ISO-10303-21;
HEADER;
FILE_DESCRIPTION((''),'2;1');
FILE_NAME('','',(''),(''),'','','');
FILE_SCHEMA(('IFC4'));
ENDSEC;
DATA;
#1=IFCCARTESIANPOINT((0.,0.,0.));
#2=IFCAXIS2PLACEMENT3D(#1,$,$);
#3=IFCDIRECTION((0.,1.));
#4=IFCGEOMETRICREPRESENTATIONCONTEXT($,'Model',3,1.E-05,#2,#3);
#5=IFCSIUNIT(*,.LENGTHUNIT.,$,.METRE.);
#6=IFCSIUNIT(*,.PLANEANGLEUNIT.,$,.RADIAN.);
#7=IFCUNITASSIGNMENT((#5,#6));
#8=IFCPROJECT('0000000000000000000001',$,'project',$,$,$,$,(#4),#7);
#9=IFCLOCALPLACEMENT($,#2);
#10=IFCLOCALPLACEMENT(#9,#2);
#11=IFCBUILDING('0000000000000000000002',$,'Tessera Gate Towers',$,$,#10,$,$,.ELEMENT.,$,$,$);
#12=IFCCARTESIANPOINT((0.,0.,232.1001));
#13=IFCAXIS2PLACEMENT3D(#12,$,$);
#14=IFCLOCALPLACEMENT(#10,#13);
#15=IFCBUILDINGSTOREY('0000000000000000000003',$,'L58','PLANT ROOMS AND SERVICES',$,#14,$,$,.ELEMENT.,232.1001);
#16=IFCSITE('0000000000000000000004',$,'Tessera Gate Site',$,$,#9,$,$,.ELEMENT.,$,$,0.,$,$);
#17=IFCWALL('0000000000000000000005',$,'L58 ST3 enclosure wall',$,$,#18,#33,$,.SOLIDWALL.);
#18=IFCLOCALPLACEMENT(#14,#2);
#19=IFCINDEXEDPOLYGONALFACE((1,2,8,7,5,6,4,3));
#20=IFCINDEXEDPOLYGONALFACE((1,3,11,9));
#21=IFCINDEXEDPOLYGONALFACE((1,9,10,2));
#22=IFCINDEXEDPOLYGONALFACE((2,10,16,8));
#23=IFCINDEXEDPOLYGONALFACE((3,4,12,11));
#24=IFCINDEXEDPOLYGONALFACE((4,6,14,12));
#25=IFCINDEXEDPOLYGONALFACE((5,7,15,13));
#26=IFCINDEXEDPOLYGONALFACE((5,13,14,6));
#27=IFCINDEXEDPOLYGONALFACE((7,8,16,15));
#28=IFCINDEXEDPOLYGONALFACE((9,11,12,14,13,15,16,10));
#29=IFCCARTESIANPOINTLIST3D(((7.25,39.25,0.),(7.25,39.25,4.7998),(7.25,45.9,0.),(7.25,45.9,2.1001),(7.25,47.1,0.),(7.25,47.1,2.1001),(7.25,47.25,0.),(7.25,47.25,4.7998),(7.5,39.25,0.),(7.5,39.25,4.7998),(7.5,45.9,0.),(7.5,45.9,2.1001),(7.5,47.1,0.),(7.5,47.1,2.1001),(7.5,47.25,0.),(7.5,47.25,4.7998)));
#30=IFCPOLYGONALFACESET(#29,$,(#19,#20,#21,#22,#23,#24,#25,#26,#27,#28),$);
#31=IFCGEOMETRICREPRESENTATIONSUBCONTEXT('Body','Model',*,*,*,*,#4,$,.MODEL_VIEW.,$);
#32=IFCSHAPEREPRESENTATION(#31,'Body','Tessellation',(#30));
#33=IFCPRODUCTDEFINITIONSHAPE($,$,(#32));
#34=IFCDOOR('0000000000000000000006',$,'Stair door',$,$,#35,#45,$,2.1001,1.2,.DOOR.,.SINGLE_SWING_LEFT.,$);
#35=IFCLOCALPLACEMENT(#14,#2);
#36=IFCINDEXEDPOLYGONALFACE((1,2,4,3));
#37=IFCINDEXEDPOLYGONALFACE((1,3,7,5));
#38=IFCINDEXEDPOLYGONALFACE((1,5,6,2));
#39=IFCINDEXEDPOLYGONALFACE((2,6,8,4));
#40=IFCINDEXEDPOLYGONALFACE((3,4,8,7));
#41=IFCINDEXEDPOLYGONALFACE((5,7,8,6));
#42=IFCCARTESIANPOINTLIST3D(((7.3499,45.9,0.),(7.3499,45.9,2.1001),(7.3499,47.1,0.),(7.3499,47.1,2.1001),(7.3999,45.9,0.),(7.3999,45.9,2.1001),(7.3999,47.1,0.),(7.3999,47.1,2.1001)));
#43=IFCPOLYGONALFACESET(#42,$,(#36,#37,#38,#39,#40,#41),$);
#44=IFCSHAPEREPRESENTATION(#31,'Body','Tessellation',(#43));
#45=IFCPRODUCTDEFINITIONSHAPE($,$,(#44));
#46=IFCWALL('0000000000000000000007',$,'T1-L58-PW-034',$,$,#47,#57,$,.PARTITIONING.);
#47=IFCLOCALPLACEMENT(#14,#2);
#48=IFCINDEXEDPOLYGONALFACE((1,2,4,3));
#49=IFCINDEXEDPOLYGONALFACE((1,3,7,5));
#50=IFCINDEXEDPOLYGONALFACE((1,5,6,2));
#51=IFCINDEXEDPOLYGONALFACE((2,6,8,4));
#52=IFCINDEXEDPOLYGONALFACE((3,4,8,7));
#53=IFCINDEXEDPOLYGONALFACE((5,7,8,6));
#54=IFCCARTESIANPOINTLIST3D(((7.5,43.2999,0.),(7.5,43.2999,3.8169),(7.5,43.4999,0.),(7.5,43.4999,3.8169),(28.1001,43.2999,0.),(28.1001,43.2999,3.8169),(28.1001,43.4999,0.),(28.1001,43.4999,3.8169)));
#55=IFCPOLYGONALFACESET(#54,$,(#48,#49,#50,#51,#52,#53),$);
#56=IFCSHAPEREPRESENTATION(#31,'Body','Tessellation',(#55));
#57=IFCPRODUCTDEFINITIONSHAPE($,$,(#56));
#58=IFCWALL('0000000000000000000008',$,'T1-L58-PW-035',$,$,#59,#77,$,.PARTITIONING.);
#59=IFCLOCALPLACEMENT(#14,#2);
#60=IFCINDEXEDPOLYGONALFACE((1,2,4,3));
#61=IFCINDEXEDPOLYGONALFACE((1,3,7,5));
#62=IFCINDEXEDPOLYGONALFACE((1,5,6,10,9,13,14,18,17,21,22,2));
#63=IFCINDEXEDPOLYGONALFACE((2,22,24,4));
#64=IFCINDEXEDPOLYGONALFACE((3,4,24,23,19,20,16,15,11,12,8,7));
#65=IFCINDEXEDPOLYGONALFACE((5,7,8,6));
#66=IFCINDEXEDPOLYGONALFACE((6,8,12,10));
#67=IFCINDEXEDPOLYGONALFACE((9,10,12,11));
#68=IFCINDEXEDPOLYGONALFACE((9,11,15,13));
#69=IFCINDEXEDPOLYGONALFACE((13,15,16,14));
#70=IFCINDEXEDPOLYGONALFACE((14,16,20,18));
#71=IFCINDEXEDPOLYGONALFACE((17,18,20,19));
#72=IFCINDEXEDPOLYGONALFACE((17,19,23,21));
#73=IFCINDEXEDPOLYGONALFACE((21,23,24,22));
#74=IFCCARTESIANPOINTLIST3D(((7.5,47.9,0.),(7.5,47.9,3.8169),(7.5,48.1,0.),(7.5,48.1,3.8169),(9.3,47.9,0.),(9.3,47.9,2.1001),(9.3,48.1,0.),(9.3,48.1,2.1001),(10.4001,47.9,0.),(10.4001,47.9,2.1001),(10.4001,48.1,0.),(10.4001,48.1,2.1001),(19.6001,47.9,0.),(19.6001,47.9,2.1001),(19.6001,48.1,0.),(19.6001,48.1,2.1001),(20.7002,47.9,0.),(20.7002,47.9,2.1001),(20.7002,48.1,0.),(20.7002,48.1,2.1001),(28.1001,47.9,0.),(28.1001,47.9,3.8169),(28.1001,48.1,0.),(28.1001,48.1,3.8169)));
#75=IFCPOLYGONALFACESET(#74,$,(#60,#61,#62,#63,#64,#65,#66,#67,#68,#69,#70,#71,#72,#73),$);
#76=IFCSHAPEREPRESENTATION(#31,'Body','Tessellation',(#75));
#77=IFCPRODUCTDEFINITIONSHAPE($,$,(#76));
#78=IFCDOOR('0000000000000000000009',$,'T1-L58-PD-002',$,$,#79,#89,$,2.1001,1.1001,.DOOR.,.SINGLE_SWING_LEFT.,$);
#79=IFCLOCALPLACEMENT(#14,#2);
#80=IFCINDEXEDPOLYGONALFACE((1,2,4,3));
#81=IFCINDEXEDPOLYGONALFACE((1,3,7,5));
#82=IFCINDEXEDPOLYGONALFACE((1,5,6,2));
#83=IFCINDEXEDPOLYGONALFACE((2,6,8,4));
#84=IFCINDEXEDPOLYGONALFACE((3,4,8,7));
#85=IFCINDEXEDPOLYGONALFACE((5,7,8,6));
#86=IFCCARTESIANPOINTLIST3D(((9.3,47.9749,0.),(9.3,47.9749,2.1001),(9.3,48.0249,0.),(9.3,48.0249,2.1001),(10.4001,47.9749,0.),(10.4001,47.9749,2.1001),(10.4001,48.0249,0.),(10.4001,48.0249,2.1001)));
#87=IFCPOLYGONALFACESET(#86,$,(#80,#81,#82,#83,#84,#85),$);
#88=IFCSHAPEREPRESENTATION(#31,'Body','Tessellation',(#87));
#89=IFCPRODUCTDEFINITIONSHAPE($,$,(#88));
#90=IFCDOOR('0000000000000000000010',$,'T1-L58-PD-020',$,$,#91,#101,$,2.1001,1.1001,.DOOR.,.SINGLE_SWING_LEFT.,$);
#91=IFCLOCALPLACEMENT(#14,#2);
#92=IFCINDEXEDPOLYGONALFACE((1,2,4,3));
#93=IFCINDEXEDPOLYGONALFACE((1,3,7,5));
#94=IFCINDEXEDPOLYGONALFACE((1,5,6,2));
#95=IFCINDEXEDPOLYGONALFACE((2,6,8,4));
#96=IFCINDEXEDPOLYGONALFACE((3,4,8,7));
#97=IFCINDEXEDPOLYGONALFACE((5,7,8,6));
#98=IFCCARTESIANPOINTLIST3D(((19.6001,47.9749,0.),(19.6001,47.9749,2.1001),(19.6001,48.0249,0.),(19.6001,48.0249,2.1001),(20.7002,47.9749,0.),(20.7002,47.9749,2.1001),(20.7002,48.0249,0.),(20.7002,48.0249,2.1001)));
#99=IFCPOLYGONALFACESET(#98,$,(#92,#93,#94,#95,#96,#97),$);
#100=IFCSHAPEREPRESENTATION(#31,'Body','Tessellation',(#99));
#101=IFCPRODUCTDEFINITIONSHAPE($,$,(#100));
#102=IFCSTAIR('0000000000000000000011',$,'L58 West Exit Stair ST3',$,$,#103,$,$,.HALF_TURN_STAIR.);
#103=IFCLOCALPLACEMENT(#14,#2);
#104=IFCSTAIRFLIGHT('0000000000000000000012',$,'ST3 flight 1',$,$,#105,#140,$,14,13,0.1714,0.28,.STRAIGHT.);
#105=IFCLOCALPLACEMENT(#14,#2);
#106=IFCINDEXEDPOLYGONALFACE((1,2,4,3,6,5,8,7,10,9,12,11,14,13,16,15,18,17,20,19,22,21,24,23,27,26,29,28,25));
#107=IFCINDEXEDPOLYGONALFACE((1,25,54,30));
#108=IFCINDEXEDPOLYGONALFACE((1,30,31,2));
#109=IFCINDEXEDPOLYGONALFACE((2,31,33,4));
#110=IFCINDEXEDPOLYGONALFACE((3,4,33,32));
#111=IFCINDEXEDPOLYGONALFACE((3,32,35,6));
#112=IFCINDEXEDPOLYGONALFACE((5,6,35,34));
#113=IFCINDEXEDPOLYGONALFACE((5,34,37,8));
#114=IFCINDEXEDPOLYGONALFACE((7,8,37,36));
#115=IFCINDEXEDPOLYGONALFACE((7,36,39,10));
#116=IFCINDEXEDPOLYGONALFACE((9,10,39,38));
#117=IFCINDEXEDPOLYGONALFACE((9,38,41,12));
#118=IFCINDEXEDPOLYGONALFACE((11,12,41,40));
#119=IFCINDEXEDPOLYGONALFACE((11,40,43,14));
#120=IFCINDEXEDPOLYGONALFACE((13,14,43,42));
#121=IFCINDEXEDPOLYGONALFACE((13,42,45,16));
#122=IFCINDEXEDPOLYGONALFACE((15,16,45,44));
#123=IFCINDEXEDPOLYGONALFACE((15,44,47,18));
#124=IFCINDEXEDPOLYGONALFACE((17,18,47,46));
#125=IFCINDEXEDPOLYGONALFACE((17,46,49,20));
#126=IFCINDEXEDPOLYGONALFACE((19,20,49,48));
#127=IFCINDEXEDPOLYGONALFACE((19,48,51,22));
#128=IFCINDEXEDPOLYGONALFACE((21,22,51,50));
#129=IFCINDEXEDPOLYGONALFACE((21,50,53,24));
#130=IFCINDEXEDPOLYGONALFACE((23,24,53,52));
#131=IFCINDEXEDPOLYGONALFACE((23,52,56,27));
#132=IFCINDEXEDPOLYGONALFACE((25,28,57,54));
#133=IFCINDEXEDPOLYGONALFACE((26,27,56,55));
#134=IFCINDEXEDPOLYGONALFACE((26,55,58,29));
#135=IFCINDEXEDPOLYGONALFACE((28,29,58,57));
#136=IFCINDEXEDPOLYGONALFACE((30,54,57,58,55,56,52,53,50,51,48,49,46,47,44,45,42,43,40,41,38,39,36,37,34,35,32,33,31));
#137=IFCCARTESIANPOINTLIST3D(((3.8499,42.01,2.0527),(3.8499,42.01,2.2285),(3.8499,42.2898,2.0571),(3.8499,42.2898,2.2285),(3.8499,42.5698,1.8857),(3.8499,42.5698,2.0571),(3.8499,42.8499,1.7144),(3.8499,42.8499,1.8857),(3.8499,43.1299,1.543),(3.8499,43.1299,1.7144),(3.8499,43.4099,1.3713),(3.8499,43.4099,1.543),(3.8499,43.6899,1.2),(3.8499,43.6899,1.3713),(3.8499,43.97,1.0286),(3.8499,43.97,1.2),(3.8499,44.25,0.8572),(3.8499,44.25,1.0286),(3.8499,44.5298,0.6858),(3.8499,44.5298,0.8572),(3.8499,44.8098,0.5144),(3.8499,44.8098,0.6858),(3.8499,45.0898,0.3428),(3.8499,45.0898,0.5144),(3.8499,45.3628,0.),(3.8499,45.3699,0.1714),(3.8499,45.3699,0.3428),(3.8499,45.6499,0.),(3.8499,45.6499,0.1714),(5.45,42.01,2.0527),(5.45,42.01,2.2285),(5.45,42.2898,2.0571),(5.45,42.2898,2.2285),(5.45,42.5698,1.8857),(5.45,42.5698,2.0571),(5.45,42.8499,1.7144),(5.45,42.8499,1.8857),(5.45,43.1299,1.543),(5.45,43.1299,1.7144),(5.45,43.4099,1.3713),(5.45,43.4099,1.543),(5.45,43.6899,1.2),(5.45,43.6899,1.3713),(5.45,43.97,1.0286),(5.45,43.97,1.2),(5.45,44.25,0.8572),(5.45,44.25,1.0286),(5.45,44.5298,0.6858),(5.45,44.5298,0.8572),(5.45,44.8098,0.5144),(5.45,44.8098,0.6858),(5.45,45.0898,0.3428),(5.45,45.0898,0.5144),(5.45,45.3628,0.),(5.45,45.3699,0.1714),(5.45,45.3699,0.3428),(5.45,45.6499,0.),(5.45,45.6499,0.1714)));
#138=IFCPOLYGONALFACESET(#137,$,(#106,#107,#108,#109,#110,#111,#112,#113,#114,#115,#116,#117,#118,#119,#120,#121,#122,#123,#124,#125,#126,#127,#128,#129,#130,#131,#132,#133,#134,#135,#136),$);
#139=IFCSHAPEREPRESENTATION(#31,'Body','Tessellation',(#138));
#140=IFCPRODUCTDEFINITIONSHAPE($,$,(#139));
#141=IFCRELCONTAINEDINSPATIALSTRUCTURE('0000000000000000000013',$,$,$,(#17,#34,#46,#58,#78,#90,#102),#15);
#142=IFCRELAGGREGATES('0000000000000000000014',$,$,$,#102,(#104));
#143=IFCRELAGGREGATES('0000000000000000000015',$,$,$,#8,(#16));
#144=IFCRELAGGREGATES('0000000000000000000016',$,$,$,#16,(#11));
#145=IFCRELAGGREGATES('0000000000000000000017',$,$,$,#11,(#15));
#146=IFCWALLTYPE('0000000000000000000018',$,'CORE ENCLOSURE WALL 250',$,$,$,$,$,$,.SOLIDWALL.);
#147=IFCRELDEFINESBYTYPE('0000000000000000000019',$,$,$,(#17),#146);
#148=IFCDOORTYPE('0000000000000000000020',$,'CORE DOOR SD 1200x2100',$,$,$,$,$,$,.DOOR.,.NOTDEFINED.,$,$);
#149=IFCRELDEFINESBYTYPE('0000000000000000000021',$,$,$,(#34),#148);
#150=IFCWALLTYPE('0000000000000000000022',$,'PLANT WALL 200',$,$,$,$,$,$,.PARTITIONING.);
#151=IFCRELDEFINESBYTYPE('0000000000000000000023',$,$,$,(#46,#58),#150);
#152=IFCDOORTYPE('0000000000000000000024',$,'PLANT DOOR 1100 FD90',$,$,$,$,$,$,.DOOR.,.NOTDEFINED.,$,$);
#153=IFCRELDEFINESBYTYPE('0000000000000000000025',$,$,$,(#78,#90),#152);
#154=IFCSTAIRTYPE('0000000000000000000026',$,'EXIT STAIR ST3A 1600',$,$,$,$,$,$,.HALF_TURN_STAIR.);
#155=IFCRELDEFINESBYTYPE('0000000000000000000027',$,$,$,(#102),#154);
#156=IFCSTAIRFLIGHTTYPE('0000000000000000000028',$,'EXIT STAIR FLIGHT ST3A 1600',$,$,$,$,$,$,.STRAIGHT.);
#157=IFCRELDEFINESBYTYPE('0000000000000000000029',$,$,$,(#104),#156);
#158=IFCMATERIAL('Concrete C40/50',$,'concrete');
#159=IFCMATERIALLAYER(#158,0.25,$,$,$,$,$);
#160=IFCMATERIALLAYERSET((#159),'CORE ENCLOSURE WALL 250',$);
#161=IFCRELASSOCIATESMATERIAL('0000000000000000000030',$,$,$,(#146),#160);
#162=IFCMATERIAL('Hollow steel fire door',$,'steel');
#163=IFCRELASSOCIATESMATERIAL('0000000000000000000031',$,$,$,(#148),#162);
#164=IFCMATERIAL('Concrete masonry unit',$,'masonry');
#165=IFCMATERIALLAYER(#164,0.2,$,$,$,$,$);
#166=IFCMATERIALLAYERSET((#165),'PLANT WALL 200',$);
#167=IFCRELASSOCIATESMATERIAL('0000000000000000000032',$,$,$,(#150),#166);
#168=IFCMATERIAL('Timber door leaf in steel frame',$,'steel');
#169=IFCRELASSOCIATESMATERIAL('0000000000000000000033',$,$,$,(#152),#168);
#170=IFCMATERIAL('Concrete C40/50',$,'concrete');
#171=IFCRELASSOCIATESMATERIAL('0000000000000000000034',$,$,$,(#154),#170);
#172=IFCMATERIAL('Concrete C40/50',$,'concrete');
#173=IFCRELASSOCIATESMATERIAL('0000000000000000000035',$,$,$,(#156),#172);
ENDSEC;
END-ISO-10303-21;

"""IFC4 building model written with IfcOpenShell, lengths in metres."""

from ifc_helpers import new_model, si_unit, direction, frame, frame_2d, origin, place, context, subcontext, project, spatial, polyline, rectangle, outline, extrude, source, transform, mapped, material, layer, layer_set, type_object, element, fill, aggregate, save


model = new_model("IFC4")

# Units and contexts
model_context = context("Model", 3, precision=1e-05, world=origin(), true_north=direction((0.0, 1.0)))
body_context = subcontext(model_context, "Body", "Model", "MODEL_VIEW")
ifc_project = project(units=[si_unit("LENGTHUNIT", "METRE"), si_unit("PLANEANGLEUNIT", "RADIAN")], contexts=[model_context])

# Site, building, storey
site_placement = place(None, origin())
site = spatial("IfcSite", under=ifc_project, at=site_placement, Name="Tessera Gate Site", CompositionType="ELEMENT", RefElevation=0.0)
building_placement = place(site_placement, origin())
building = spatial("IfcBuilding", under=site, at=building_placement, Name="Tessera Gate Towers", CompositionType="ELEMENT")
storey_placement = place(building_placement, frame((0.0, 0.0, 232.1001)))
storey = spatial("IfcBuildingStorey", under=building, at=storey_placement, Name="L58", Description="PLANT ROOMS AND SERVICES", CompositionType="ELEMENT", Elevation=232.1001)

# Shared definitions
ifc_material_1 = material(Name="Concrete C40/50", Category="concrete")
ifc_layer_1 = layer(ifc_material_1, 0.25)
ifc_layer_set_1 = layer_set([ifc_layer_1], Name="CORE ENCLOSURE WALL 250")
wall_type_1 = type_object("IfcWallType", Name="CORE ENCLOSURE WALL 250", PredefinedType="SOLIDWALL", material=ifc_layer_set_1)

# Wall, opening, door
wall_1_placement = place(storey_placement, frame((7.375, 47.25, 0.0), z_axis=(0.0, 0.0, 1.0), x_axis=(0.0, -1.0, 0.0)))
wall_1 = element("IfcWall", 1, at=wall_1_placement, inside=storey, type_object=wall_type_1, Name="L58 ST3 enclosure wall", PredefinedType="SOLIDWALL", context=body_context, shape_type="SweptSolid", body=[
    extrude(rectangle(XDim=8.0, YDim=0.25, at=frame_2d((4.0, 0.0))), origin(), (0.0, 0.0, 1.0), 4.7998),
])
shared_shape_1 = source(origin(), body_context, "Body", "SweptSolid", [
    extrude(rectangle(XDim=1.2, YDim=2.1001, at=frame_2d((0.6001, 1.05))), frame((0.0, 0.135, 0.0), z_axis=(0.0, -1.0, 0.0), x_axis=(1.0, 0.0, 0.0)), (0.0, 0.0, 1.0), 0.27),
])
opening_1_placement = place(wall_1_placement, frame((0.1499, 0.0, 0.0)))
opening_1 = element("IfcOpeningElement", 2, at=opening_1_placement, cuts=wall_1, PredefinedType="OPENING", context=body_context, shape_type="MappedRepresentation", body=[
    mapped(shared_shape_1, transform((0.0, 0.0, 0.0), scale=1.0)),
])
ifc_material_2 = material(Name="Hollow steel fire door", Category="steel")
door_type_1 = type_object("IfcDoorType", Name="CORE DOOR SD 1200x2100", OperationType="NOTDEFINED", PredefinedType="DOOR", material=ifc_material_2)
shared_shape_2 = source(origin(), body_context, "Body", "SweptSolid", [
    extrude(rectangle(XDim=1.2, YDim=2.1001, at=frame_2d((0.6001, 1.05))), frame((0.0, 0.0249, 0.0), z_axis=(0.0, -1.0, 0.0), x_axis=(1.0, 0.0, 0.0)), (0.0, 0.0, 1.0), 0.05),
])
door_1_placement = place(opening_1_placement, origin())
door_1 = element("IfcDoor", 3, at=door_1_placement, inside=storey, type_object=door_type_1, Name="Stair door", OperationType="SINGLE_SWING_LEFT", OverallHeight=2.1001, OverallWidth=1.2, PredefinedType="DOOR", context=body_context, shape_type="MappedRepresentation", body=[
    mapped(shared_shape_2, transform((0.0, 0.0, 0.0), scale=1.0)),
])
fill(opening_1, door_1)

# Wall
ifc_material_3 = material(Name="Concrete masonry unit", Category="masonry")
ifc_layer_2 = layer(ifc_material_3, 0.2)
ifc_layer_set_2 = layer_set([ifc_layer_2], Name="PLANT WALL 200")
wall_type_2 = type_object("IfcWallType", Name="PLANT WALL 200", PredefinedType="PARTITIONING", material=ifc_layer_set_2)
wall_2_placement = place(storey_placement, frame((7.5, 43.3999, 0.0), z_axis=(0.0, 0.0, 1.0), x_axis=(1.0, 0.0, 0.0)))
element("IfcWall", 4, at=wall_2_placement, inside=storey, type_object=wall_type_2, Name="T1-L58-PW-034", PredefinedType="PARTITIONING", context=body_context, shape_type="SweptSolid", body=[
    extrude(rectangle(XDim=20.6001, YDim=0.2, at=frame_2d((10.3, 0.0))), origin(), (0.0, 0.0, 1.0), 3.8169),
])

# Wall, openings, doors
wall_3_placement = place(storey_placement, frame((7.5, 48.0, 0.0), z_axis=(0.0, 0.0, 1.0), x_axis=(1.0, 0.0, 0.0)))
wall_3 = element("IfcWall", 5, at=wall_3_placement, inside=storey, type_object=wall_type_2, Name="T1-L58-PW-035", PredefinedType="PARTITIONING", context=body_context, shape_type="SweptSolid", body=[
    extrude(rectangle(XDim=20.6001, YDim=0.2, at=frame_2d((10.3, 0.0))), origin(), (0.0, 0.0, 1.0), 3.8169),
])
shared_shape_3 = source(origin(), body_context, "Body", "SweptSolid", [
    extrude(rectangle(XDim=1.1001, YDim=2.1001, at=frame_2d((0.55, 1.05))), frame((0.0, 0.1099, 0.0), z_axis=(0.0, -1.0, 0.0), x_axis=(1.0, 0.0, 0.0)), (0.0, 0.0, 1.0), 0.22),
])
opening_2_placement = place(wall_3_placement, frame((1.8, 0.0, 0.0)))
opening_2 = element("IfcOpeningElement", 6, at=opening_2_placement, cuts=wall_3, PredefinedType="OPENING", context=body_context, shape_type="MappedRepresentation", body=[
    mapped(shared_shape_3, transform((0.0, 0.0, 0.0), scale=1.0)),
])
opening_3_placement = place(wall_3_placement, frame((12.1001, 0.0, 0.0)))
opening_3 = element("IfcOpeningElement", 7, at=opening_3_placement, cuts=wall_3, PredefinedType="OPENING", context=body_context, shape_type="MappedRepresentation", body=[
    mapped(shared_shape_3, transform((0.0, 0.0, 0.0), scale=1.0)),
])
ifc_material_4 = material(Name="Timber door leaf in steel frame", Category="steel")
door_type_2 = type_object("IfcDoorType", Name="PLANT DOOR 1100 FD90", OperationType="NOTDEFINED", PredefinedType="DOOR", material=ifc_material_4)
shared_shape_4 = source(origin(), body_context, "Body", "SweptSolid", [
    extrude(rectangle(XDim=1.1001, YDim=2.1001, at=frame_2d((0.55, 1.05))), frame((0.0, 0.0249, 0.0), z_axis=(0.0, -1.0, 0.0), x_axis=(1.0, 0.0, 0.0)), (0.0, 0.0, 1.0), 0.05),
])
door_2_placement = place(opening_2_placement, origin())
door_2 = element("IfcDoor", 8, at=door_2_placement, inside=storey, type_object=door_type_2, Name="T1-L58-PD-002", OperationType="SINGLE_SWING_LEFT", OverallHeight=2.1001, OverallWidth=1.1001, PredefinedType="DOOR", context=body_context, shape_type="MappedRepresentation", body=[
    mapped(shared_shape_4, transform((0.0, 0.0, 0.0), scale=1.0)),
])
fill(opening_2, door_2)
door_3_placement = place(opening_3_placement, origin())
door_3 = element("IfcDoor", 9, at=door_3_placement, inside=storey, type_object=door_type_2, Name="T1-L58-PD-020", OperationType="SINGLE_SWING_LEFT", OverallHeight=2.1001, OverallWidth=1.1001, PredefinedType="DOOR", context=body_context, shape_type="MappedRepresentation", body=[
    mapped(shared_shape_4, transform((0.0, 0.0, 0.0), scale=1.0)),
])
fill(opening_3, door_3)

# Stair, stair flight
ifc_material_5 = material(Name="Concrete C40/50", Category="concrete")
stair_type = type_object("IfcStairType", Name="EXIT STAIR ST3A 1600", PredefinedType="HALF_TURN_STAIR", material=ifc_material_5)
stair_placement = place(storey_placement, origin())
stair = element("IfcStair", 10, at=stair_placement, inside=storey, type_object=stair_type, Name="L58 West Exit Stair ST3", PredefinedType="HALF_TURN_STAIR")
ifc_material_6 = material(Name="Concrete C40/50", Category="concrete")
stair_flight_type = type_object("IfcStairFlightType", Name="EXIT STAIR FLIGHT ST3A 1600", PredefinedType="STRAIGHT", material=ifc_material_6)
stair_flight_1_placement = place(storey_placement, frame((4.6499, 45.6499, 0.0), z_axis=(0.0, 0.0, 1.0), x_axis=(0.0, -1.0, 0.0)))
stair_flight_1 = element("IfcStairFlight", 11, at=stair_flight_1_placement, type_object=stair_flight_type, Name="ST3 flight 1", NumberOfRisers=14, NumberOfTreads=13, PredefinedType="STRAIGHT", RiserHeight=0.1714, TreadLength=0.28, context=body_context, shape_type="SweptSolid", body=[
    extrude(outline(polyline([(0.0, 0.0), (0.0, 0.1714), (0.28, 0.1714), (0.28, 0.3428), (0.5601, 0.3428), (0.5601, 0.5144), (0.8401, 0.5144), (0.8401, 0.6858), (1.1201, 0.6858), (1.1201, 0.8572), (1.3999, 0.8572), (1.3999, 1.0286), (1.6799, 1.0286), (1.6799, 1.2), (1.96, 1.2), (1.96, 1.3713), (2.24, 1.3713), (2.24, 1.543), (2.52, 1.543), (2.52, 1.7144), (2.8, 1.7144), (2.8, 1.8857), (3.0801, 1.8857), (3.0801, 2.0571), (3.3601, 2.0571), (3.3601, 2.2285), (3.6399, 2.2285), (3.6399, 2.3999), (3.6399, 2.0527), (0.2871, 0.0), (0.0, 0.0)])), frame((0.0, 0.8, 0.0), z_axis=(0.0, -1.0, 0.0), x_axis=(1.0, 0.0, 0.0)), (0.0, 0.0, 1.0), 1.6001),
])
aggregate(stair, [stair_flight_1])

save(model, "model.ifc")
